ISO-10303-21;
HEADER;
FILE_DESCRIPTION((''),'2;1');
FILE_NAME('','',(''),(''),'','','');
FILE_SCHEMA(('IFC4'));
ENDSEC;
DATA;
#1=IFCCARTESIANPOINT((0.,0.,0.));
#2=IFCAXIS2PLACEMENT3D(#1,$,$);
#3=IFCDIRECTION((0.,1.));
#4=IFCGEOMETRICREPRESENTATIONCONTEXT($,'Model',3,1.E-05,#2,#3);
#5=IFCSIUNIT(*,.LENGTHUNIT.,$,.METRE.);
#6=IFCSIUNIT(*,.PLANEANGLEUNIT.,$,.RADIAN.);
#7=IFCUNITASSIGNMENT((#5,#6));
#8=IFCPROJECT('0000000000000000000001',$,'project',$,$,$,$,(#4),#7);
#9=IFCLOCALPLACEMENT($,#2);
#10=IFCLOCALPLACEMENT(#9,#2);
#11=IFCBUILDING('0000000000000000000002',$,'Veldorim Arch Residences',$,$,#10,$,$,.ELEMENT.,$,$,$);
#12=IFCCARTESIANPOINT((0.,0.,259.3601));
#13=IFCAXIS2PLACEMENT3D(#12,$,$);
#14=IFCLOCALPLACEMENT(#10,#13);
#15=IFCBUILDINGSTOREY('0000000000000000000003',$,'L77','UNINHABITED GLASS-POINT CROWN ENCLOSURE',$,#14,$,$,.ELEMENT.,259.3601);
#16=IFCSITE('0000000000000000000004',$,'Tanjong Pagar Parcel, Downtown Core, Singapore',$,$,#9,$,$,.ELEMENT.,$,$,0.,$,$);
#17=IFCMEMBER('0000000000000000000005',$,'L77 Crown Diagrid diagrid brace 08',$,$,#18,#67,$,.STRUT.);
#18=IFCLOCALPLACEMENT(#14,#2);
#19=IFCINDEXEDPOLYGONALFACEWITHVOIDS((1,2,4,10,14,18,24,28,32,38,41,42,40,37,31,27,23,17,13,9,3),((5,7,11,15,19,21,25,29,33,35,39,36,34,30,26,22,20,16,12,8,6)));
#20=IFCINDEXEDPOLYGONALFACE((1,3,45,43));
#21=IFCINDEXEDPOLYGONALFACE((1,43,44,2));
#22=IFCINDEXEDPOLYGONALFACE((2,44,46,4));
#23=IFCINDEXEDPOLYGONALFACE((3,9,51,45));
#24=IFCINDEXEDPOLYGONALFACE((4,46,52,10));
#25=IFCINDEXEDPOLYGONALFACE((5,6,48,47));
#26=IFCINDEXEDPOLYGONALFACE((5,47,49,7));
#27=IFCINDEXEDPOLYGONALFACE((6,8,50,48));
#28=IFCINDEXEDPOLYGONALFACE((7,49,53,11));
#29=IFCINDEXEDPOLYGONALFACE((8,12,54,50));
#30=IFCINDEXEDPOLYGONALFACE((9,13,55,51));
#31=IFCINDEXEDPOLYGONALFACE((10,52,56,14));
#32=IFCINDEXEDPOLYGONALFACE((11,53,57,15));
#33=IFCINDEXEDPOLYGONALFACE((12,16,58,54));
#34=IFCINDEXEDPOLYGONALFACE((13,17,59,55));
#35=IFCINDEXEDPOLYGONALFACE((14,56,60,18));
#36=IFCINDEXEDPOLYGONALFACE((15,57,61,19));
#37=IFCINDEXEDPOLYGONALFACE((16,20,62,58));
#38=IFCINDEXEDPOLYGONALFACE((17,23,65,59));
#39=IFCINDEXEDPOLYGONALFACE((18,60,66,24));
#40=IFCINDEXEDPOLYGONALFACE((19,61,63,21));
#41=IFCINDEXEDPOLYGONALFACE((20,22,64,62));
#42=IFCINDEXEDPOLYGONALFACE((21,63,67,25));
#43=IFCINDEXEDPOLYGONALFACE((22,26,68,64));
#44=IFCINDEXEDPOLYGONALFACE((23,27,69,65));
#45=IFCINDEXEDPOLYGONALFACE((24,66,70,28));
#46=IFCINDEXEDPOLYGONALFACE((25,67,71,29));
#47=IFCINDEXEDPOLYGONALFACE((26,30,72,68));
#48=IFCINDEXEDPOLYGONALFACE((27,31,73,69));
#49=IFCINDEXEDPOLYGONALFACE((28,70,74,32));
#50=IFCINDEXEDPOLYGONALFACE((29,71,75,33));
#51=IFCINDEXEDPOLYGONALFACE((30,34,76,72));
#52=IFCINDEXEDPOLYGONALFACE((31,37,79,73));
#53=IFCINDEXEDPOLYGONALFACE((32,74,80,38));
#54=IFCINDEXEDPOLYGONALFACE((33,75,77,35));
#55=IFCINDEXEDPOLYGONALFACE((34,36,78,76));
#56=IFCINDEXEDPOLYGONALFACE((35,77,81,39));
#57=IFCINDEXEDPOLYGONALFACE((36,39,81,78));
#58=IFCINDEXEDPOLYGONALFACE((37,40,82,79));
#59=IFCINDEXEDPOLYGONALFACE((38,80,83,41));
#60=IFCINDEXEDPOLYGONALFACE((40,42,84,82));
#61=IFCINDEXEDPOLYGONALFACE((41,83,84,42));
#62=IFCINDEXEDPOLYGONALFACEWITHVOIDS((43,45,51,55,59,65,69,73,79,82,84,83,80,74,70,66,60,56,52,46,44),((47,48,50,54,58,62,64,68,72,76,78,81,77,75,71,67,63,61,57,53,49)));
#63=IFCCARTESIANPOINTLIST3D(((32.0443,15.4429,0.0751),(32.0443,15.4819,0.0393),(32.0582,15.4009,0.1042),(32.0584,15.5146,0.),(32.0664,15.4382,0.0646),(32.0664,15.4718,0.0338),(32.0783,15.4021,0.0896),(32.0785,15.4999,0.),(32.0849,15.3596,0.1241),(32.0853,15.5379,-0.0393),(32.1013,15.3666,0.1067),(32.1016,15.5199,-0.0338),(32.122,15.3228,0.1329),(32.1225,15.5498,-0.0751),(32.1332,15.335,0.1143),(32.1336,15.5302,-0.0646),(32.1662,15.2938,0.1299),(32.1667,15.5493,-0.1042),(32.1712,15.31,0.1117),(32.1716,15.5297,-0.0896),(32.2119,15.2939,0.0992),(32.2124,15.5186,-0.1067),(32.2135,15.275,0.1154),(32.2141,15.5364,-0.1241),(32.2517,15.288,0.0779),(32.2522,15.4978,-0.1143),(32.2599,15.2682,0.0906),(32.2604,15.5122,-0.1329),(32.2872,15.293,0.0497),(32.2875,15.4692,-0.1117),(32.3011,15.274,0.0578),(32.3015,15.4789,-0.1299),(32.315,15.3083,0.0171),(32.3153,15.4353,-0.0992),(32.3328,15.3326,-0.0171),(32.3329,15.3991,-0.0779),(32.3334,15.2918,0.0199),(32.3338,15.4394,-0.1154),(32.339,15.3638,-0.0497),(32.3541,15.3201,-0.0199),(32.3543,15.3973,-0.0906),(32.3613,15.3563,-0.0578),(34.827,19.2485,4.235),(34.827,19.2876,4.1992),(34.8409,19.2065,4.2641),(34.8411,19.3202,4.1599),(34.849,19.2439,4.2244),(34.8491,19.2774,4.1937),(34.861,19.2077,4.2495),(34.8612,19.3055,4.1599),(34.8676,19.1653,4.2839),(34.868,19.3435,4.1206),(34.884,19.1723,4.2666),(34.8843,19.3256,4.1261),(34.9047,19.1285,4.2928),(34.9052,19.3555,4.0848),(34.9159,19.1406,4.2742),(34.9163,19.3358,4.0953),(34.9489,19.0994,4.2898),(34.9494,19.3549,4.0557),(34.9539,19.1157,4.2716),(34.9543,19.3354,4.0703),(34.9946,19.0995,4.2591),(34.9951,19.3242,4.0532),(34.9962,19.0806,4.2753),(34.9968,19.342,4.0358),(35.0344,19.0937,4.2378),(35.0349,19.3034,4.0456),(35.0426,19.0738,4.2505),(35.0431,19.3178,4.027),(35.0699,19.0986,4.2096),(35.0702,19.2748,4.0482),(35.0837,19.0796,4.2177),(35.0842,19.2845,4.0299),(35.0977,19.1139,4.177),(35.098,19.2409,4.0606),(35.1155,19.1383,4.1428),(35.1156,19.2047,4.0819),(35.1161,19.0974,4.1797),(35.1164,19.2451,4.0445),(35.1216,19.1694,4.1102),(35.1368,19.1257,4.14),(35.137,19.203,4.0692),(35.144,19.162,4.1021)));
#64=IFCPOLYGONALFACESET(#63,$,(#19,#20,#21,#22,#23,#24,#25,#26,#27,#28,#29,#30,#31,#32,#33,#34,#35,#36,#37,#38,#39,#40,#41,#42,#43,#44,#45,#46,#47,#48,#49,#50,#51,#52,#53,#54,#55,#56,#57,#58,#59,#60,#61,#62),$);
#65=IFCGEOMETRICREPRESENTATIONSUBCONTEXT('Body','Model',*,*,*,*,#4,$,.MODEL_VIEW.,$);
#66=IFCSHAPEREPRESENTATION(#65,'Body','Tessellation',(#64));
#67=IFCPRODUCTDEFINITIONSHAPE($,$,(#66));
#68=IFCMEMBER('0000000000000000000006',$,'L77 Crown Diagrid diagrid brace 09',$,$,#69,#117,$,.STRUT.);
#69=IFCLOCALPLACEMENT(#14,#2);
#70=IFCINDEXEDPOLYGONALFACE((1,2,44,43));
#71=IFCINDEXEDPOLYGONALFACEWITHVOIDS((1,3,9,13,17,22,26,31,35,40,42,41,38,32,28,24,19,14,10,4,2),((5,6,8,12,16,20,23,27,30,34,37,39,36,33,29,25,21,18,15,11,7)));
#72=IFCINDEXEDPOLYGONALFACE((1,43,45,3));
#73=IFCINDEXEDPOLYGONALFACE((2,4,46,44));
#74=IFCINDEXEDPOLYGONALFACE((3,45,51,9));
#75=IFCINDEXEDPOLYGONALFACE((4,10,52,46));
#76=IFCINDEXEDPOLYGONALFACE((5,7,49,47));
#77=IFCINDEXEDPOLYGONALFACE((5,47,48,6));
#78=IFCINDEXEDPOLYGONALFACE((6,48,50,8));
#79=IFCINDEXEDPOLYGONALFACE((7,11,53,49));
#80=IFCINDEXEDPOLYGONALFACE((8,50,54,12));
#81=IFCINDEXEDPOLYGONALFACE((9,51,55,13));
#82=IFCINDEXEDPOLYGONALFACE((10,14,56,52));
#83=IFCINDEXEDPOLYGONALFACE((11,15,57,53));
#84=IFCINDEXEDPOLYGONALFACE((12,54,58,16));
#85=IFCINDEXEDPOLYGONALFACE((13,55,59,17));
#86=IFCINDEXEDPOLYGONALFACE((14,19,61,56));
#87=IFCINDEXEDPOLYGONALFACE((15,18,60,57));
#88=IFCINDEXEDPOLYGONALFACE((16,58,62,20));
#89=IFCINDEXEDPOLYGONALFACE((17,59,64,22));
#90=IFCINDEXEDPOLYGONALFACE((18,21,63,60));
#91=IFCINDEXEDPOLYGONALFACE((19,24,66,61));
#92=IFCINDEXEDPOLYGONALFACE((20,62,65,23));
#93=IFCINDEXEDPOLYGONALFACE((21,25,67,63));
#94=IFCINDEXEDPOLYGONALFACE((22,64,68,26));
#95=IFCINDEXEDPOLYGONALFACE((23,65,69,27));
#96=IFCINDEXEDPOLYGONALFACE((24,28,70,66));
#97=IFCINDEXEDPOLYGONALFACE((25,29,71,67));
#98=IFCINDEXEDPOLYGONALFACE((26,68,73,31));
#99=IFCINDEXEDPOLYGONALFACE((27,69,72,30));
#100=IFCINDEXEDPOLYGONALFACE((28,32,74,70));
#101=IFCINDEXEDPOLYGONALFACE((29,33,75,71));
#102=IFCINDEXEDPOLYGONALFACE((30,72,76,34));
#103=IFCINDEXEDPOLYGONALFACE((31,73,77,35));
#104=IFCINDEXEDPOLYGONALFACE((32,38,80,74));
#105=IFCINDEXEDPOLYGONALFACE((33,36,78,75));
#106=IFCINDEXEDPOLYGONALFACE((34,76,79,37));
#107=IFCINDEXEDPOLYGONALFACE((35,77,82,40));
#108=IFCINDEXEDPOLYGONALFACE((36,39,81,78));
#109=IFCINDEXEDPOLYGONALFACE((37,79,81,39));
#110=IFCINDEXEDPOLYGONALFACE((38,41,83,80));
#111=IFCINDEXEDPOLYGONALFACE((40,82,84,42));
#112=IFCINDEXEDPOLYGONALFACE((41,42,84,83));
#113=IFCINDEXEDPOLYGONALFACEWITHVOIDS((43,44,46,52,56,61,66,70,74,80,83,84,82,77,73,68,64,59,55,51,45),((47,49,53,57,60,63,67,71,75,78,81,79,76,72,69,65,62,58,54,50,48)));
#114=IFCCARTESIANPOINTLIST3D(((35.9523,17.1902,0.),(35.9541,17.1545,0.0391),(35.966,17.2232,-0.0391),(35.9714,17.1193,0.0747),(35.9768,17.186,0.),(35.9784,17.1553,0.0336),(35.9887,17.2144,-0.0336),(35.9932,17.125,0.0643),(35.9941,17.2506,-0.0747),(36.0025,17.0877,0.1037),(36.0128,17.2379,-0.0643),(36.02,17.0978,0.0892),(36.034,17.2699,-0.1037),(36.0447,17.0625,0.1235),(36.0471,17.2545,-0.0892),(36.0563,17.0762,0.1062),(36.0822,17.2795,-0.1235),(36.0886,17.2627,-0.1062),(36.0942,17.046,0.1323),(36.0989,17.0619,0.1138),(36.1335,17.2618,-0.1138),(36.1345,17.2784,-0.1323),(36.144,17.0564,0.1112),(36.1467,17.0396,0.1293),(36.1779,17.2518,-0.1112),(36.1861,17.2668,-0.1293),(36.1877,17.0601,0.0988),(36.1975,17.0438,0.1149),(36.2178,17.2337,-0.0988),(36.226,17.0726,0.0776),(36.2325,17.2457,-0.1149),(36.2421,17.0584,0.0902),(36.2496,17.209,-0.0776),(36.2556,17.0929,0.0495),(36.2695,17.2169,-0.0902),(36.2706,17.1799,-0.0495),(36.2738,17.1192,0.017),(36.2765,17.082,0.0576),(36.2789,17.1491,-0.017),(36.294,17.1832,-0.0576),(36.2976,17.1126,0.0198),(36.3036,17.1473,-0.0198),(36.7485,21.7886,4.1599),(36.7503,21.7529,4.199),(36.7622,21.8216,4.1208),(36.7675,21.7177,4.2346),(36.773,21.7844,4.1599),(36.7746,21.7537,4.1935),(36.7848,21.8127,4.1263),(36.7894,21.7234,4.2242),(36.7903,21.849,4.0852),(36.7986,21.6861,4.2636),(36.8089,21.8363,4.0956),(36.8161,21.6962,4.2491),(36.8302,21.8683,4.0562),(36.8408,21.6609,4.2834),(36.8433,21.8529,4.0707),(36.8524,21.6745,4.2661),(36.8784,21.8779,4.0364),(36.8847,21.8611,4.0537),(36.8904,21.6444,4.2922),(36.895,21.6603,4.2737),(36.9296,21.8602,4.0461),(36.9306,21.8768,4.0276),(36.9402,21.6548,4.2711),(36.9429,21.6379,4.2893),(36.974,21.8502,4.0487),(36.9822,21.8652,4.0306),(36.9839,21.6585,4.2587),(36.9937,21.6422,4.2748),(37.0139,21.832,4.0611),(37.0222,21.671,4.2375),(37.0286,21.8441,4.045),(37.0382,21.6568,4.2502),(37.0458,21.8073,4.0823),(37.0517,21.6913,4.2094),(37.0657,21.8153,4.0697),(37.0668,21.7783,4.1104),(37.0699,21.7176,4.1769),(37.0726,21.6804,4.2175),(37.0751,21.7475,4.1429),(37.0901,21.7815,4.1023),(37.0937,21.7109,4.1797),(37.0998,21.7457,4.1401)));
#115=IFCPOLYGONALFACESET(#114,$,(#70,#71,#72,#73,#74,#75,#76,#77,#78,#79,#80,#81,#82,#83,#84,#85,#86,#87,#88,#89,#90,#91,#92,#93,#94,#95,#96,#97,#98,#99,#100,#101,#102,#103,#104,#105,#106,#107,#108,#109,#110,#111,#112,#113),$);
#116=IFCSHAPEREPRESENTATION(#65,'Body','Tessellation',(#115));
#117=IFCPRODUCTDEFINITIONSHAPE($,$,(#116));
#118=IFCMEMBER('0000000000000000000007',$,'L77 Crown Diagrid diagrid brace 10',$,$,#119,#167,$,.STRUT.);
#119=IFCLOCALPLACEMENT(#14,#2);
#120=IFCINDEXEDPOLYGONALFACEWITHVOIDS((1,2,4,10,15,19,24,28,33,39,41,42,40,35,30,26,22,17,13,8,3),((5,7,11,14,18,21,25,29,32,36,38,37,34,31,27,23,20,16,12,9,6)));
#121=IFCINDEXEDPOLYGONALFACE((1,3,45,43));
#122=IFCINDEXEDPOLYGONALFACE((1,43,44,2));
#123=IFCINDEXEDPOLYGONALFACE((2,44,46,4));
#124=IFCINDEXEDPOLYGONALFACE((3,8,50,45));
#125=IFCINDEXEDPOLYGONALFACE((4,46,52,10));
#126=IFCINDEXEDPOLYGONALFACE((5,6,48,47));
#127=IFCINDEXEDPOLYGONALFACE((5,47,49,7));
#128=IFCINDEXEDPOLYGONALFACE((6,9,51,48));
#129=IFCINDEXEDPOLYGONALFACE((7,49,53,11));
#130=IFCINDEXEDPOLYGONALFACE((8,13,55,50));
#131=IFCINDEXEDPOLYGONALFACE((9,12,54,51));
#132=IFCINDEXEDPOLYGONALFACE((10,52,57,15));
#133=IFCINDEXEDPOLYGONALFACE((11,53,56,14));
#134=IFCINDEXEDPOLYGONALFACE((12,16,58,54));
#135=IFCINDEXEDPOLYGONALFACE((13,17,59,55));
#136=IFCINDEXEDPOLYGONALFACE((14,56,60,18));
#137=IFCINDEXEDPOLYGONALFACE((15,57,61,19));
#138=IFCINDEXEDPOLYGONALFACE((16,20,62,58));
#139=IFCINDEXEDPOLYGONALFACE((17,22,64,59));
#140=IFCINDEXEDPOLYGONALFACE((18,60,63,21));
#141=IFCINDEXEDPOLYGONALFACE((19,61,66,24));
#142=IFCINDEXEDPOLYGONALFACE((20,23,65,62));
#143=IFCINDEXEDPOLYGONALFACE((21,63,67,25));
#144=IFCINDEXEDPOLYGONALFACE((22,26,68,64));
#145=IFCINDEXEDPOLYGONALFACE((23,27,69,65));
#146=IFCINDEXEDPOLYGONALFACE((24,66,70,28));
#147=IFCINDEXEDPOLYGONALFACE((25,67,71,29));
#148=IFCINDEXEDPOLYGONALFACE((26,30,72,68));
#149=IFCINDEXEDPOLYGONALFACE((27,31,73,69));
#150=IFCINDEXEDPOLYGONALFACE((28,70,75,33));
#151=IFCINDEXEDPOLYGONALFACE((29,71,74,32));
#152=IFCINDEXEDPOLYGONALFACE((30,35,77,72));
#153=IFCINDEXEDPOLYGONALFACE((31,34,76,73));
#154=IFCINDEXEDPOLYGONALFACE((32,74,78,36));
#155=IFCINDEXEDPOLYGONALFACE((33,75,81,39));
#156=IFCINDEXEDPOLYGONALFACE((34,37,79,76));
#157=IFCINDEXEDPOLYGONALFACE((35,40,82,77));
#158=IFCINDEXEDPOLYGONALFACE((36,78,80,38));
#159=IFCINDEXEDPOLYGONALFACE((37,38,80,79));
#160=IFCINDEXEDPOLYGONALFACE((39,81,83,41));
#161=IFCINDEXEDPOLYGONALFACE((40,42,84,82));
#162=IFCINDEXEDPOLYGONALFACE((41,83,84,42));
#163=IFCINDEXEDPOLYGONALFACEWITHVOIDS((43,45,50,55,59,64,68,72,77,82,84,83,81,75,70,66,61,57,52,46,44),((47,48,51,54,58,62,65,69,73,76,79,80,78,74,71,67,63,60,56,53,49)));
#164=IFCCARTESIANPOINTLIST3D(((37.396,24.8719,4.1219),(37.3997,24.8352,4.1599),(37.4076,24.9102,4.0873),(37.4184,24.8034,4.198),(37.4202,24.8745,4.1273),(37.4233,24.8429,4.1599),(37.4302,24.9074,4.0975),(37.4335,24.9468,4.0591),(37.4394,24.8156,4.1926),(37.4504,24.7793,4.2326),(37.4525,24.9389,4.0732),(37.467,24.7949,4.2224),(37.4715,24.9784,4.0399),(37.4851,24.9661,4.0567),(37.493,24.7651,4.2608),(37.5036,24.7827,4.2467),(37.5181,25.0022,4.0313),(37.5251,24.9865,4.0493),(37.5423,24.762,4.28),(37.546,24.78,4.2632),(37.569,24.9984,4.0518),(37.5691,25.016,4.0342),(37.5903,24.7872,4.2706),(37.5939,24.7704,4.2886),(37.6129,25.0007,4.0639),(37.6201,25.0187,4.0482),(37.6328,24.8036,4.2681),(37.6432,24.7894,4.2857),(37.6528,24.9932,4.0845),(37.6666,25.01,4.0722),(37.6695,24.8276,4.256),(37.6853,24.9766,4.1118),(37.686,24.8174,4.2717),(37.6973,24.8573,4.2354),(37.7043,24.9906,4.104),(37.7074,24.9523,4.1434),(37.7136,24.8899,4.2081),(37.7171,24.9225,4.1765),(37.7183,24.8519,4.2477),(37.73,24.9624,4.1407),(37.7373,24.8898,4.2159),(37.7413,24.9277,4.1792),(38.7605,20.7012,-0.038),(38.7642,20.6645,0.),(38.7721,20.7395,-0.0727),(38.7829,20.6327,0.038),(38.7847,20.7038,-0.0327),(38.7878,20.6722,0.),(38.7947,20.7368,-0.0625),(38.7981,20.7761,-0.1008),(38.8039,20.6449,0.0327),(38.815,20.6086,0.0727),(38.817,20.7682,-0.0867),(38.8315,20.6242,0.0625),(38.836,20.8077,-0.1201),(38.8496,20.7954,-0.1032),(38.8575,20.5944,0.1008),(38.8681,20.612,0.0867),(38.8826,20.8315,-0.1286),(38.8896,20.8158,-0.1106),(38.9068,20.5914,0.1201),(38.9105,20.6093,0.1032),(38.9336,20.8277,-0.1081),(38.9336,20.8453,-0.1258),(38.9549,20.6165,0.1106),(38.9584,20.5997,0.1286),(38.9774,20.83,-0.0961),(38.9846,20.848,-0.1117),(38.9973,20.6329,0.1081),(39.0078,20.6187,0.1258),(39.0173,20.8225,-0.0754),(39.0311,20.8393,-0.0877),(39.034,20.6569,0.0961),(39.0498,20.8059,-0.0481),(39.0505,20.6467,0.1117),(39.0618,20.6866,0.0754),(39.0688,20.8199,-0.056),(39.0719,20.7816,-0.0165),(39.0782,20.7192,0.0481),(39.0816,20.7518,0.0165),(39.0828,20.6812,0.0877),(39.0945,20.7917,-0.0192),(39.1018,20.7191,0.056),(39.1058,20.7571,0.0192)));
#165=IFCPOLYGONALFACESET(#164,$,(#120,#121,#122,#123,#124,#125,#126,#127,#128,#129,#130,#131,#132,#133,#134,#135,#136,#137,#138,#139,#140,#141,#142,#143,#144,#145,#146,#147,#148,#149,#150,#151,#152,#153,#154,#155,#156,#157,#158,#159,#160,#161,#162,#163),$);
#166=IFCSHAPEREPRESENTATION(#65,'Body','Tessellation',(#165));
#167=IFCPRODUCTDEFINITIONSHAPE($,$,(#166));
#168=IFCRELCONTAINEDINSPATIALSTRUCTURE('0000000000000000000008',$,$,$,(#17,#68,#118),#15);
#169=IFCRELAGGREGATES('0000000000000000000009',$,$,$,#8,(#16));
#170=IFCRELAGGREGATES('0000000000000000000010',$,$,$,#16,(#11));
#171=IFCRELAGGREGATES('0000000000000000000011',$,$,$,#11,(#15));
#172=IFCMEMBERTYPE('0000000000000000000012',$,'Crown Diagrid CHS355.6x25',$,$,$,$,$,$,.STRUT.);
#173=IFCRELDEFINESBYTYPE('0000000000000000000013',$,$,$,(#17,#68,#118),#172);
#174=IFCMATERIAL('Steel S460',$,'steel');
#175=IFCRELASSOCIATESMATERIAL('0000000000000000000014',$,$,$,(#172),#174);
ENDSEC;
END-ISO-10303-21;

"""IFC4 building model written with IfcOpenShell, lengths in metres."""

from ifc_helpers import new_model, si_unit, direction, frame, origin, origin_2d, place, context, subcontext, project, spatial, hollow_circle, extrude, material, material_profile, profile_set, type_object, element, save


model = new_model("IFC4")

# Units and contexts
model_context = context("Model", 3, precision=1e-05, world=origin(), true_north=direction((0.0, 1.0)))
body_context = subcontext(model_context, "Body", "Model", "MODEL_VIEW")
ifc_project = project(units=[si_unit("LENGTHUNIT", "METRE"), si_unit("PLANEANGLEUNIT", "RADIAN")], contexts=[model_context])

# Site, building, storey
site_placement = place(None, origin())
site = spatial("IfcSite", under=ifc_project, at=site_placement, Name="Tanjong Pagar Parcel, Downtown Core, Singapore", CompositionType="ELEMENT", RefElevation=0.0)
building_placement = place(site_placement, origin())
building = spatial("IfcBuilding", under=site, at=building_placement, Name="Veldorim Arch Residences", CompositionType="ELEMENT")
storey_placement = place(building_placement, frame((0.0, 0.0, 259.3601)))
storey = spatial("IfcBuildingStorey", under=building, at=storey_placement, Name="L77", Description="UNINHABITED GLASS-POINT CROWN ENCLOSURE", CompositionType="ELEMENT", Elevation=259.3601)

# Members
ifc_material_1 = material(Name="Steel S460", Category="steel")
ifc_material_profile_1 = material_profile(ifc_material_1, hollow_circle(Radius=0.1777, WallThickness=0.0249, at=origin_2d()), Name="CHS355.6x25")
ifc_profile_set_1 = profile_set([ifc_material_profile_1], Name="Steel S460")
member_type_1 = type_object("IfcMemberType", Name="Crown Diagrid CHS355.6x25", PredefinedType="STRUT", material=ifc_profile_set_1)
member_1_placement = place(storey_placement, frame((32.2019, 15.4097, 0.0), z_axis=(0.442586, 0.605284, 0.661626), x_axis=(-0.807224, 0.590245, 0.0)))
element("IfcMember", 1, at=member_1_placement, inside=storey, type_object=member_type_1, Name="L77 Crown Diagrid diagrid brace 08", PredefinedType="STRUT", context=body_context, shape_type="SweptSolid", body=[
    extrude(hollow_circle(Radius=0.1777, WallThickness=0.0249, at=origin_2d()), origin(), (0.0, 0.0, 1.0), 6.2874),
])
member_2_placement = place(storey_placement, frame((36.1274, 17.1599, 0.0), z_axis=(0.127348, 0.735541, 0.665404), x_axis=(-0.985341, 0.170597, 0.0)))
element("IfcMember", 2, at=member_2_placement, inside=storey, type_object=member_type_1, Name="L77 Crown Diagrid diagrid brace 09", PredefinedType="STRUT", context=body_context, shape_type="SweptSolid", body=[
    extrude(hollow_circle(Radius=0.1777, WallThickness=0.0249, at=origin_2d()), origin(), (0.0, 0.0, 1.0), 6.2517),
])
member_3_placement = place(storey_placement, frame((38.9331, 20.7197, 0.0), z_axis=(-0.225665, 0.689755, 0.687978), x_axis=(-0.950427, -0.310949, 0.0)))
element("IfcMember", 3, at=member_3_placement, inside=storey, type_object=member_type_1, Name="L77 Crown Diagrid diagrid brace 10", PredefinedType="STRUT", context=body_context, shape_type="SweptSolid", body=[
    extrude(hollow_circle(Radius=0.1777, WallThickness=0.0249, at=origin_2d()), origin(), (0.0, 0.0, 1.0), 6.0466),
])

save(model, "model.ifc")
